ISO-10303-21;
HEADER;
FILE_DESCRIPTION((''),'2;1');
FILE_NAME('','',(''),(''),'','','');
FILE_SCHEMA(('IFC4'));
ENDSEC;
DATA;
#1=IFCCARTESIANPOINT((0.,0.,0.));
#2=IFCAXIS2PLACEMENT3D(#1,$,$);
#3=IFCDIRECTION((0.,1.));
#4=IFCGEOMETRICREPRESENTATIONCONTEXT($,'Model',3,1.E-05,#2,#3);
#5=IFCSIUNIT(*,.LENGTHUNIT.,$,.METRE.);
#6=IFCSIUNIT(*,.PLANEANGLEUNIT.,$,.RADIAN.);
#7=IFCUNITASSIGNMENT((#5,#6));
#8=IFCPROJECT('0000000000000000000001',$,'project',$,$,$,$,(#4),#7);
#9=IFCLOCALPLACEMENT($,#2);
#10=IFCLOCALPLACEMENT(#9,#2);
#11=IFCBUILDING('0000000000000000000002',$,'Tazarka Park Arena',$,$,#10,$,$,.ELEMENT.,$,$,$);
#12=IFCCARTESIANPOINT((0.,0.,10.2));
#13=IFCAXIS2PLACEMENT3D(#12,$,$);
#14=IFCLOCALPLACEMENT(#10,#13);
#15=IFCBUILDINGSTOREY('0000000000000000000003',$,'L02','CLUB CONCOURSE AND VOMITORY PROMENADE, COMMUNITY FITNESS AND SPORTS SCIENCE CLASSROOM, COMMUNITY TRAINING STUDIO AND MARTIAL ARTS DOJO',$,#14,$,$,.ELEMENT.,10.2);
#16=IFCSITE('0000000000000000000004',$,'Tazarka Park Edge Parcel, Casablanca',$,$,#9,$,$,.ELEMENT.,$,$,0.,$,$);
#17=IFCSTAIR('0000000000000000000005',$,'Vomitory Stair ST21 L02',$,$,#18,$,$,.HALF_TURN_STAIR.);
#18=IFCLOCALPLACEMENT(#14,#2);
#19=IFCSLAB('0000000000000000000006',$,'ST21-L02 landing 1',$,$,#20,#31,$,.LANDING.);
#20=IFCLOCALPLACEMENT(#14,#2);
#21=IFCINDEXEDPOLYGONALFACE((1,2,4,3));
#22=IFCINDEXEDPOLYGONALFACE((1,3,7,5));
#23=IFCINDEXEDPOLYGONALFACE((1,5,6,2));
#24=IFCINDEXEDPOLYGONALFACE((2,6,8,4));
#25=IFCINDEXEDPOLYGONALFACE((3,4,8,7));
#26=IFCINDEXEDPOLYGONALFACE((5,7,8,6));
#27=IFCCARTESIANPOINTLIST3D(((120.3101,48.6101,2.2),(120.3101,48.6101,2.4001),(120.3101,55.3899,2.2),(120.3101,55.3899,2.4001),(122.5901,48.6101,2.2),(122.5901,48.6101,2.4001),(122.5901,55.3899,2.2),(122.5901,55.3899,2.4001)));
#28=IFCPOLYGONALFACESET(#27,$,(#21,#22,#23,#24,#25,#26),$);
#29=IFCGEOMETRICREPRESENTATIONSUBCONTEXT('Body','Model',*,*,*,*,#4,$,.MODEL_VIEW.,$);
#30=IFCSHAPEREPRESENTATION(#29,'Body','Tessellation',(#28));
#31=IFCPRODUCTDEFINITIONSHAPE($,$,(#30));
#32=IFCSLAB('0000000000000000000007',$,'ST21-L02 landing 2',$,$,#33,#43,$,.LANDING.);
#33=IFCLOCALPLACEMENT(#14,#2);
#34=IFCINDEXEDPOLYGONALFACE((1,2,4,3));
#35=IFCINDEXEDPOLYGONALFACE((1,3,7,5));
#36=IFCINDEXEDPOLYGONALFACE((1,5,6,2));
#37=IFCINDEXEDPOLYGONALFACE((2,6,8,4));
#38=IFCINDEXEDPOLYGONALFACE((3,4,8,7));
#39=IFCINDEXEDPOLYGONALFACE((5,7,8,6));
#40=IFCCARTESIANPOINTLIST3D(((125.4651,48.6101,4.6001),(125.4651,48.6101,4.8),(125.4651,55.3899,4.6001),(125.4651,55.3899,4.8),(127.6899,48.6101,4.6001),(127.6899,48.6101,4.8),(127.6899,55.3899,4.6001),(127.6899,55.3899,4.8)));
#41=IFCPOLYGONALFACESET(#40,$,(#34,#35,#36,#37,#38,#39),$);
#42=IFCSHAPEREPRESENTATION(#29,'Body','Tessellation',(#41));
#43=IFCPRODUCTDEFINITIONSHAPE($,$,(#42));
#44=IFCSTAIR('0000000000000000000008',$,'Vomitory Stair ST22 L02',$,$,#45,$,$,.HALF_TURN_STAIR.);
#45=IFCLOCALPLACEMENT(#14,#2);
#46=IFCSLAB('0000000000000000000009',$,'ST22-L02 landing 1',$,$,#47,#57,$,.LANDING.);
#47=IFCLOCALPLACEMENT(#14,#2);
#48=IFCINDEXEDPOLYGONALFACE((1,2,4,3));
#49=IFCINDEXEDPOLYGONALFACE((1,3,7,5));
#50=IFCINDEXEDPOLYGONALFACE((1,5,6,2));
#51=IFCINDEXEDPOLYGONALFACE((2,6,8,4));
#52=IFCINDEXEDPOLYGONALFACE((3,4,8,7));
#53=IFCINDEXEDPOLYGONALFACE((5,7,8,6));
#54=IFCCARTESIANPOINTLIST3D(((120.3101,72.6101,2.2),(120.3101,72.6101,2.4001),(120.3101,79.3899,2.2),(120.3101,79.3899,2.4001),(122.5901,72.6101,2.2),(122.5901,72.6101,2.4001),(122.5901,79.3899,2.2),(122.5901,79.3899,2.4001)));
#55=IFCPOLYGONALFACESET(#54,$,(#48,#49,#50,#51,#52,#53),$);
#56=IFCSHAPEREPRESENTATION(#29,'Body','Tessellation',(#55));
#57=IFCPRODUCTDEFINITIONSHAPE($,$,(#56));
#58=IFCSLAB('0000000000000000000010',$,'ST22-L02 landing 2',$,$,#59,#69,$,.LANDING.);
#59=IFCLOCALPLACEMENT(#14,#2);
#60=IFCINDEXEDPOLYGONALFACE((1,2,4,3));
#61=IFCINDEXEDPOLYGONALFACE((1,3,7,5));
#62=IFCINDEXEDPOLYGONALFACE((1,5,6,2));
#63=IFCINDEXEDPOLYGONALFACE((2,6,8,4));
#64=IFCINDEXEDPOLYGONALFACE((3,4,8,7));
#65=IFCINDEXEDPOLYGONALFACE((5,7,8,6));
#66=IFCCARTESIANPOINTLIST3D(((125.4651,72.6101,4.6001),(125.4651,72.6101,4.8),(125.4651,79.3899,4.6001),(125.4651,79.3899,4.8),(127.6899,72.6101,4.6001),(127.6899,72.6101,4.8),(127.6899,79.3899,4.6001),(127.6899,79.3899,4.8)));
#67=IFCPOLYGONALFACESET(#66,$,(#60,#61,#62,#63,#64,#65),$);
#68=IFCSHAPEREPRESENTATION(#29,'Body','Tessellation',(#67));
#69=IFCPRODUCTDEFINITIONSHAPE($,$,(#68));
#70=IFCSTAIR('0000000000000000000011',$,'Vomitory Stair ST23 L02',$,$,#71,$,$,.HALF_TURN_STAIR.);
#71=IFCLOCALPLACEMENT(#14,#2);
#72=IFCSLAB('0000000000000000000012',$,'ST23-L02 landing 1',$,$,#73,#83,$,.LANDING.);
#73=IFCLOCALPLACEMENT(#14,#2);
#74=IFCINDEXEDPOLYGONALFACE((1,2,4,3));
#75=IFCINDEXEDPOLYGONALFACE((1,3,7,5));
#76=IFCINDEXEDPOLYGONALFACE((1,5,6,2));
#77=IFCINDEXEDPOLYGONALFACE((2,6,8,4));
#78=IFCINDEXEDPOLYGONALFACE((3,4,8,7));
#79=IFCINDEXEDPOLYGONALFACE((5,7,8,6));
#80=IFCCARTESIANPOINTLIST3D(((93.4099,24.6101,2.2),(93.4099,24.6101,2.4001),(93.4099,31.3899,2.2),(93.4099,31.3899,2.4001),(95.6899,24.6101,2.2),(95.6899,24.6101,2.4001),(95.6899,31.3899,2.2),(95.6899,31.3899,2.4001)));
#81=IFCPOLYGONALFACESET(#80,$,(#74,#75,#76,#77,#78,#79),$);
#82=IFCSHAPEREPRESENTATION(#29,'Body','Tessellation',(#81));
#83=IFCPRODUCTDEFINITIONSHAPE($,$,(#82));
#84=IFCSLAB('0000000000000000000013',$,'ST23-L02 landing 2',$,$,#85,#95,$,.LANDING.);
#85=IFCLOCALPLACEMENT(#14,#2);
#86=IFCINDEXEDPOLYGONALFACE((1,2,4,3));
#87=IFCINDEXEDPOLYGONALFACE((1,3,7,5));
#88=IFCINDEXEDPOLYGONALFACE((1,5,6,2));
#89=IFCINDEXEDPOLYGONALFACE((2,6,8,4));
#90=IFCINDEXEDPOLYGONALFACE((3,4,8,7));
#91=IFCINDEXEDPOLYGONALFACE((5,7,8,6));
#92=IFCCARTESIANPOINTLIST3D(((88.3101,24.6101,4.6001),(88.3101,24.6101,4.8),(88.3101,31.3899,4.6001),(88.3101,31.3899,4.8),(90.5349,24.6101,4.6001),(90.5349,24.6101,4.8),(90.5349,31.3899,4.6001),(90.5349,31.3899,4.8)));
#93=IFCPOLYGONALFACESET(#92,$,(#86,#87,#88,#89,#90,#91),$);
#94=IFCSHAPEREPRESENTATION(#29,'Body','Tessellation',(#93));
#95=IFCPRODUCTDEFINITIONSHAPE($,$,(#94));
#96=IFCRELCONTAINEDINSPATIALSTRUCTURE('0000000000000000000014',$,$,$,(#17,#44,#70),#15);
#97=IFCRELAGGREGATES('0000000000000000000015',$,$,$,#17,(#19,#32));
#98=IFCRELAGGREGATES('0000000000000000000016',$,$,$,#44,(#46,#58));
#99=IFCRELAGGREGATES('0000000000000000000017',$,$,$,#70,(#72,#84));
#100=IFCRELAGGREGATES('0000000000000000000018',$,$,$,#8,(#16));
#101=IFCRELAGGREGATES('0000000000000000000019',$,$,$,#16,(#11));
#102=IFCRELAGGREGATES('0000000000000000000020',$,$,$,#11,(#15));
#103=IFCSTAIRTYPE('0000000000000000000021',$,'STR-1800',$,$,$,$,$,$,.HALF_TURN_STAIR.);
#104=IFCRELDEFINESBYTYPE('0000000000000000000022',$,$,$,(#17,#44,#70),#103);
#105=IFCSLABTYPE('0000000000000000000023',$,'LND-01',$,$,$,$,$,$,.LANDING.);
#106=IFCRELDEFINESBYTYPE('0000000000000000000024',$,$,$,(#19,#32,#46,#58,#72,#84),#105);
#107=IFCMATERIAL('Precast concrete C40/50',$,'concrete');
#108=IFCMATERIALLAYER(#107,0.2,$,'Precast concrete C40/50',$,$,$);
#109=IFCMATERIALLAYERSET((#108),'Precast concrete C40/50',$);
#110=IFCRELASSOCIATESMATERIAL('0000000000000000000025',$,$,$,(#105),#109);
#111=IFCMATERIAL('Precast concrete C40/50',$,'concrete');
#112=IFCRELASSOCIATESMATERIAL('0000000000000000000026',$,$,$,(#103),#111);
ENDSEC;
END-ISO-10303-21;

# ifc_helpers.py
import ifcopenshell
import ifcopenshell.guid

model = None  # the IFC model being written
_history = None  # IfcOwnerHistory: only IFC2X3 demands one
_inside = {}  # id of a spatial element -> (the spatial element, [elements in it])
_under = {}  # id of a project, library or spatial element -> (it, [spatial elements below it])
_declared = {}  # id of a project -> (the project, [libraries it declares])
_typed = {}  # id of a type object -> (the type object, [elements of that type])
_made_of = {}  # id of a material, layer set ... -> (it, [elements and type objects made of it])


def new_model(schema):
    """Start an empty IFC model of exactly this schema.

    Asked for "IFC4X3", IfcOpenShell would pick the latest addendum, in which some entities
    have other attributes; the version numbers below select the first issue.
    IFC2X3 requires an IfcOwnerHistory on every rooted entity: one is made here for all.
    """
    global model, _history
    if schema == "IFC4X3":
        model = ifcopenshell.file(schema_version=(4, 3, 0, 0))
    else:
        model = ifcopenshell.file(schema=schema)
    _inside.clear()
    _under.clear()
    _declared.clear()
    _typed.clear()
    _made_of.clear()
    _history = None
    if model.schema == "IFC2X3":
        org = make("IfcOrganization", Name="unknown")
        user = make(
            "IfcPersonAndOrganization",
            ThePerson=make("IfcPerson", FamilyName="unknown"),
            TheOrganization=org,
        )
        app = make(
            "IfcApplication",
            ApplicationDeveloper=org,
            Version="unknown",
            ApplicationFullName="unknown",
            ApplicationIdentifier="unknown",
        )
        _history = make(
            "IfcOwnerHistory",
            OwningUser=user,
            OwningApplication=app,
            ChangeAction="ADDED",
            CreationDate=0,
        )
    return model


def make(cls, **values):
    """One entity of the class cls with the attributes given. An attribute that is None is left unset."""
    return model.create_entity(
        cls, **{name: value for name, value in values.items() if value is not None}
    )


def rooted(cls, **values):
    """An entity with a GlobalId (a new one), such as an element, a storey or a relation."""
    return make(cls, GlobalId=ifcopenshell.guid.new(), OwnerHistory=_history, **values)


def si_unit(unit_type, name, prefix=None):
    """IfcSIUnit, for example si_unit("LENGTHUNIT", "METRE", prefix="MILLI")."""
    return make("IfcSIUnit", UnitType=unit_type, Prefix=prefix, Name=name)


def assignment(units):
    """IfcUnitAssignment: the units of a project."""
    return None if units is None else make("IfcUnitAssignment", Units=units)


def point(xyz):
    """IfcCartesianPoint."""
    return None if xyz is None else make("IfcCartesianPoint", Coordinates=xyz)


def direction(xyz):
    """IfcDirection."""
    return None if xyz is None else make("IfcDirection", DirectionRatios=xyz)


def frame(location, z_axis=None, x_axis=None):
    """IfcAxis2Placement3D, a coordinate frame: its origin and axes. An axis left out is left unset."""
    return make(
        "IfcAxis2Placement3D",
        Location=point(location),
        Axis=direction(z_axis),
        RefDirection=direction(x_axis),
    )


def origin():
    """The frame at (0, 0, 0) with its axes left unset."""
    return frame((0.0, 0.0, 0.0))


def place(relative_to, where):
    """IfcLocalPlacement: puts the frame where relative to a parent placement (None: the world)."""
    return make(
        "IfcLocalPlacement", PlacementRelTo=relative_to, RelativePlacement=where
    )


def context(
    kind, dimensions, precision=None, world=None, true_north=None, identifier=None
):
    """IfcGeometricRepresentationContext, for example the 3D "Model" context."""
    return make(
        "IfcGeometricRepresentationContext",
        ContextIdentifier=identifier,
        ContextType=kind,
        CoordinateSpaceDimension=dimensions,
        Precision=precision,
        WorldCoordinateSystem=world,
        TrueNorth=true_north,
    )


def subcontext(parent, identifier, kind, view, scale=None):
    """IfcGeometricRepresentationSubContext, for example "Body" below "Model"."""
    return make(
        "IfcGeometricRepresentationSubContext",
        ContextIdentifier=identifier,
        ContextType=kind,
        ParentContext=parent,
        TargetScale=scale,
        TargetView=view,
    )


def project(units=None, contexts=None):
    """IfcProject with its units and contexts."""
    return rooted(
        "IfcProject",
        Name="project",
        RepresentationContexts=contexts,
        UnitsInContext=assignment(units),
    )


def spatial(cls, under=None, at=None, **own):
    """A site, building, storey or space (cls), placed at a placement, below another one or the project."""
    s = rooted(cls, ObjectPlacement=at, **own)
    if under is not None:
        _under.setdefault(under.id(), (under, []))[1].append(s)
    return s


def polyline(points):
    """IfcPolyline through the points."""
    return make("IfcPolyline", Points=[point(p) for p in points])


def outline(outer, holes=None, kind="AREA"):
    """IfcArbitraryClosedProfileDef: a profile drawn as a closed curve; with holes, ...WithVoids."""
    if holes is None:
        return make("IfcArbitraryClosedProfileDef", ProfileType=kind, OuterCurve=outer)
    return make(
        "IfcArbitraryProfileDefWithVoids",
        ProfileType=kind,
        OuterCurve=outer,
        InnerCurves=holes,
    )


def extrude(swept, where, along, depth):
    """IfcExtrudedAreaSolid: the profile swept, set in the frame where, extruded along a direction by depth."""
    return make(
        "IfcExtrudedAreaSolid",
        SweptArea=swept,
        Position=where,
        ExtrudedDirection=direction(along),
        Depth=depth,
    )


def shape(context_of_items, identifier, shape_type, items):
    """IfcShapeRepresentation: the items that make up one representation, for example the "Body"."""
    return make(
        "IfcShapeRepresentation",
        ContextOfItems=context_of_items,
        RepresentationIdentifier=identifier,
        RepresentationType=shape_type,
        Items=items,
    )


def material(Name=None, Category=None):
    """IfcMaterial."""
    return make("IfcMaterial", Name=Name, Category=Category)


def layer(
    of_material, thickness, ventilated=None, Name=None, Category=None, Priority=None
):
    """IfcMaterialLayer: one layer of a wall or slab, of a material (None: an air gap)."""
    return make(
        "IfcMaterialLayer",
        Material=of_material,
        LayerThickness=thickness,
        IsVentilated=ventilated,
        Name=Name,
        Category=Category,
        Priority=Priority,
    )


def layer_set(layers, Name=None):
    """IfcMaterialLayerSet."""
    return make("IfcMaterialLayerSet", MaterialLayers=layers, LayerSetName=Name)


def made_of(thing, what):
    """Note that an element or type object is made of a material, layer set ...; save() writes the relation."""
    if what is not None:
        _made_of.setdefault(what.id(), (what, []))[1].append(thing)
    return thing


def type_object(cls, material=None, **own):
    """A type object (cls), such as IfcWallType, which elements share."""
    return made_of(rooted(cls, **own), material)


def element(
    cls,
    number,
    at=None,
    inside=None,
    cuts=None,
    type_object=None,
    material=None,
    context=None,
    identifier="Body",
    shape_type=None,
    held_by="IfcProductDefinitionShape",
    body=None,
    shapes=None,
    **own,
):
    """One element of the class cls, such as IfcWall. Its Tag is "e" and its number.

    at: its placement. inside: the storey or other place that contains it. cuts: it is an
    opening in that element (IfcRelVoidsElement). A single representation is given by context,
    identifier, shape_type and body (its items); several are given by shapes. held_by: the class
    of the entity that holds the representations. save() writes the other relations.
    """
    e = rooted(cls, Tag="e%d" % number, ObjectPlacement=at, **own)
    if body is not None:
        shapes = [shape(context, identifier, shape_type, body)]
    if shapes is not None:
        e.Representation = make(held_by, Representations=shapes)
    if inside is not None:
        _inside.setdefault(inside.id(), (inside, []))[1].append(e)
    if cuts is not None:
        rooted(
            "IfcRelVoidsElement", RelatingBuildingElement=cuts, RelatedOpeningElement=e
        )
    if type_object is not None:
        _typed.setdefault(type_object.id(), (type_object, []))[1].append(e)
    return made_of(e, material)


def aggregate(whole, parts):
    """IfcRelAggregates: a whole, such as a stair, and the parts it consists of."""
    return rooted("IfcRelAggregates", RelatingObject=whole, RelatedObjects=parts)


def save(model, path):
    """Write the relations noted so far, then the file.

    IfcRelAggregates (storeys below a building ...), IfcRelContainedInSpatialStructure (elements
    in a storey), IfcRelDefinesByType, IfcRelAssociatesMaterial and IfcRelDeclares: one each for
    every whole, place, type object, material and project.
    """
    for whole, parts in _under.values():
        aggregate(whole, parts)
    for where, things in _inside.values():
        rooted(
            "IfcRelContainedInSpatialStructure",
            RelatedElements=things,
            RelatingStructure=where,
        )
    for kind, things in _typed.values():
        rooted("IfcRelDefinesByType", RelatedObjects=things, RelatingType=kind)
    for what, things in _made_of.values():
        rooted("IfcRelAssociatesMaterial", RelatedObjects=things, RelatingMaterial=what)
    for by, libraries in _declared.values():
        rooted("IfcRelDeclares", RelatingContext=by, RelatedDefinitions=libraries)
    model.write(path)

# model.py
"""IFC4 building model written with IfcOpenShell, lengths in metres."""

from ifc_helpers import new_model, si_unit, direction, frame, origin, place, context, subcontext, project, spatial, polyline, outline, extrude, material, layer, layer_set, type_object, element, aggregate, save


model = new_model("IFC4")

# Units and contexts
model_context = context("Model", 3, precision=1e-05, world=origin(), true_north=direction((0.0, 1.0)))
body_context = subcontext(model_context, "Body", "Model", "MODEL_VIEW")
ifc_project = project(units=[si_unit("LENGTHUNIT", "METRE"), si_unit("PLANEANGLEUNIT", "RADIAN")], contexts=[model_context])

# Site, building, storey
site_placement = place(None, origin())
site = spatial("IfcSite", under=ifc_project, at=site_placement, Name="Tazarka Park Edge Parcel, Casablanca", CompositionType="ELEMENT", RefElevation=0.0)
building_placement = place(site_placement, origin())
building = spatial("IfcBuilding", under=site, at=building_placement, Name="Tazarka Park Arena", CompositionType="ELEMENT")
storey_placement = place(building_placement, frame((0.0, 0.0, 10.2)))
storey = spatial("IfcBuildingStorey", under=building, at=storey_placement, Name="L02", Description="CLUB CONCOURSE AND VOMITORY PROMENADE, COMMUNITY FITNESS AND SPORTS SCIENCE CLASSROOM, COMMUNITY TRAINING STUDIO AND MARTIAL ARTS DOJO", CompositionType="ELEMENT", Elevation=10.2)

# Shared definitions
ifc_material_1 = material(Name="Precast concrete C40/50", Category="concrete")
ifc_layer = layer(ifc_material_1, 0.2, Name="Precast concrete C40/50")
ifc_layer_set = layer_set([ifc_layer], Name="Precast concrete C40/50")
slab_type = type_object("IfcSlabType", Name="LND-01", PredefinedType="LANDING", material=ifc_layer_set)

# Stairs, slabs
ifc_material_2 = material(Name="Precast concrete C40/50", Category="concrete")
stair_type_1 = type_object("IfcStairType", Name="STR-1800", PredefinedType="HALF_TURN_STAIR", material=ifc_material_2)
stair_1_placement = place(storey_placement, origin())
stair_1 = element("IfcStair", 1, at=stair_1_placement, inside=storey, type_object=stair_type_1, Name="Vomitory Stair ST21 L02", PredefinedType="HALF_TURN_STAIR")
slab_1_placement = place(storey_placement, frame((0.0, 0.0, 2.2)))
slab_1 = element("IfcSlab", 2, at=slab_1_placement, type_object=slab_type, Name="ST21-L02 landing 1", PredefinedType="LANDING", context=body_context, shape_type="SweptSolid", body=[
    extrude(outline(polyline([(120.3101, 48.6101), (122.5901, 48.6101), (122.5901, 55.3899), (120.3101, 55.3899), (120.3101, 48.6101)])), origin(), (0.0, 0.0, 1.0), 0.2002),
])
slab_2_placement = place(storey_placement, frame((0.0, 0.0, 4.6001)))
slab_2 = element("IfcSlab", 3, at=slab_2_placement, type_object=slab_type, Name="ST21-L02 landing 2", PredefinedType="LANDING", context=body_context, shape_type="SweptSolid", body=[
    extrude(outline(polyline([(125.4651, 48.6101), (127.6899, 48.6101), (127.6899, 55.3899), (125.4651, 55.3899), (125.4651, 48.6101)])), origin(), (0.0, 0.0, 1.0), 0.2),
])
aggregate(stair_1, [slab_1, slab_2])
stair_2_placement = place(storey_placement, origin())
stair_2 = element("IfcStair", 4, at=stair_2_placement, inside=storey, type_object=stair_type_1, Name="Vomitory Stair ST22 L02", PredefinedType="HALF_TURN_STAIR")
slab_3_placement = place(storey_placement, frame((0.0, 0.0, 2.2)))
slab_3 = element("IfcSlab", 5, at=slab_3_placement, type_object=slab_type, Name="ST22-L02 landing 1", PredefinedType="LANDING", context=body_context, shape_type="SweptSolid", body=[
    extrude(outline(polyline([(120.3101, 72.6101), (122.5901, 72.6101), (122.5901, 79.3899), (120.3101, 79.3899), (120.3101, 72.6101)])), origin(), (0.0, 0.0, 1.0), 0.2002),
])
slab_4_placement = place(storey_placement, frame((0.0, 0.0, 4.6001)))
slab_4 = element("IfcSlab", 6, at=slab_4_placement, type_object=slab_type, Name="ST22-L02 landing 2", PredefinedType="LANDING", context=body_context, shape_type="SweptSolid", body=[
    extrude(outline(polyline([(125.4651, 72.6101), (127.6899, 72.6101), (127.6899, 79.3899), (125.4651, 79.3899), (125.4651, 72.6101)])), origin(), (0.0, 0.0, 1.0), 0.2),
])
aggregate(stair_2, [slab_3, slab_4])
stair_3_placement = place(storey_placement, origin())
stair_3 = element("IfcStair", 7, at=stair_3_placement, inside=storey, type_object=stair_type_1, Name="Vomitory Stair ST23 L02", PredefinedType="HALF_TURN_STAIR")
slab_5_placement = place(storey_placement, frame((0.0, 0.0, 2.2)))
slab_5 = element("IfcSlab", 8, at=slab_5_placement, type_object=slab_type, Name="ST23-L02 landing 1", PredefinedType="LANDING", context=body_context, shape_type="SweptSolid", body=[
    extrude(outline(polyline([(93.4099, 24.6101), (95.6899, 24.6101), (95.6899, 31.3899), (93.4099, 31.3899), (93.4099, 24.6101)])), origin(), (0.0, 0.0, 1.0), 0.2002),
])
slab_6_placement = place(storey_placement, frame((0.0, 0.0, 4.6001)))
slab_6 = element("IfcSlab", 9, at=slab_6_placement, type_object=slab_type, Name="ST23-L02 landing 2", PredefinedType="LANDING", context=body_context, shape_type="SweptSolid", body=[
    extrude(outline(polyline([(88.3101, 24.6101), (90.5349, 24.6101), (90.5349, 31.3899), (88.3101, 31.3899), (88.3101, 24.6101)])), origin(), (0.0, 0.0, 1.0), 0.2),
])
aggregate(stair_3, [slab_5, slab_6])

save(model, "model.ifc")
